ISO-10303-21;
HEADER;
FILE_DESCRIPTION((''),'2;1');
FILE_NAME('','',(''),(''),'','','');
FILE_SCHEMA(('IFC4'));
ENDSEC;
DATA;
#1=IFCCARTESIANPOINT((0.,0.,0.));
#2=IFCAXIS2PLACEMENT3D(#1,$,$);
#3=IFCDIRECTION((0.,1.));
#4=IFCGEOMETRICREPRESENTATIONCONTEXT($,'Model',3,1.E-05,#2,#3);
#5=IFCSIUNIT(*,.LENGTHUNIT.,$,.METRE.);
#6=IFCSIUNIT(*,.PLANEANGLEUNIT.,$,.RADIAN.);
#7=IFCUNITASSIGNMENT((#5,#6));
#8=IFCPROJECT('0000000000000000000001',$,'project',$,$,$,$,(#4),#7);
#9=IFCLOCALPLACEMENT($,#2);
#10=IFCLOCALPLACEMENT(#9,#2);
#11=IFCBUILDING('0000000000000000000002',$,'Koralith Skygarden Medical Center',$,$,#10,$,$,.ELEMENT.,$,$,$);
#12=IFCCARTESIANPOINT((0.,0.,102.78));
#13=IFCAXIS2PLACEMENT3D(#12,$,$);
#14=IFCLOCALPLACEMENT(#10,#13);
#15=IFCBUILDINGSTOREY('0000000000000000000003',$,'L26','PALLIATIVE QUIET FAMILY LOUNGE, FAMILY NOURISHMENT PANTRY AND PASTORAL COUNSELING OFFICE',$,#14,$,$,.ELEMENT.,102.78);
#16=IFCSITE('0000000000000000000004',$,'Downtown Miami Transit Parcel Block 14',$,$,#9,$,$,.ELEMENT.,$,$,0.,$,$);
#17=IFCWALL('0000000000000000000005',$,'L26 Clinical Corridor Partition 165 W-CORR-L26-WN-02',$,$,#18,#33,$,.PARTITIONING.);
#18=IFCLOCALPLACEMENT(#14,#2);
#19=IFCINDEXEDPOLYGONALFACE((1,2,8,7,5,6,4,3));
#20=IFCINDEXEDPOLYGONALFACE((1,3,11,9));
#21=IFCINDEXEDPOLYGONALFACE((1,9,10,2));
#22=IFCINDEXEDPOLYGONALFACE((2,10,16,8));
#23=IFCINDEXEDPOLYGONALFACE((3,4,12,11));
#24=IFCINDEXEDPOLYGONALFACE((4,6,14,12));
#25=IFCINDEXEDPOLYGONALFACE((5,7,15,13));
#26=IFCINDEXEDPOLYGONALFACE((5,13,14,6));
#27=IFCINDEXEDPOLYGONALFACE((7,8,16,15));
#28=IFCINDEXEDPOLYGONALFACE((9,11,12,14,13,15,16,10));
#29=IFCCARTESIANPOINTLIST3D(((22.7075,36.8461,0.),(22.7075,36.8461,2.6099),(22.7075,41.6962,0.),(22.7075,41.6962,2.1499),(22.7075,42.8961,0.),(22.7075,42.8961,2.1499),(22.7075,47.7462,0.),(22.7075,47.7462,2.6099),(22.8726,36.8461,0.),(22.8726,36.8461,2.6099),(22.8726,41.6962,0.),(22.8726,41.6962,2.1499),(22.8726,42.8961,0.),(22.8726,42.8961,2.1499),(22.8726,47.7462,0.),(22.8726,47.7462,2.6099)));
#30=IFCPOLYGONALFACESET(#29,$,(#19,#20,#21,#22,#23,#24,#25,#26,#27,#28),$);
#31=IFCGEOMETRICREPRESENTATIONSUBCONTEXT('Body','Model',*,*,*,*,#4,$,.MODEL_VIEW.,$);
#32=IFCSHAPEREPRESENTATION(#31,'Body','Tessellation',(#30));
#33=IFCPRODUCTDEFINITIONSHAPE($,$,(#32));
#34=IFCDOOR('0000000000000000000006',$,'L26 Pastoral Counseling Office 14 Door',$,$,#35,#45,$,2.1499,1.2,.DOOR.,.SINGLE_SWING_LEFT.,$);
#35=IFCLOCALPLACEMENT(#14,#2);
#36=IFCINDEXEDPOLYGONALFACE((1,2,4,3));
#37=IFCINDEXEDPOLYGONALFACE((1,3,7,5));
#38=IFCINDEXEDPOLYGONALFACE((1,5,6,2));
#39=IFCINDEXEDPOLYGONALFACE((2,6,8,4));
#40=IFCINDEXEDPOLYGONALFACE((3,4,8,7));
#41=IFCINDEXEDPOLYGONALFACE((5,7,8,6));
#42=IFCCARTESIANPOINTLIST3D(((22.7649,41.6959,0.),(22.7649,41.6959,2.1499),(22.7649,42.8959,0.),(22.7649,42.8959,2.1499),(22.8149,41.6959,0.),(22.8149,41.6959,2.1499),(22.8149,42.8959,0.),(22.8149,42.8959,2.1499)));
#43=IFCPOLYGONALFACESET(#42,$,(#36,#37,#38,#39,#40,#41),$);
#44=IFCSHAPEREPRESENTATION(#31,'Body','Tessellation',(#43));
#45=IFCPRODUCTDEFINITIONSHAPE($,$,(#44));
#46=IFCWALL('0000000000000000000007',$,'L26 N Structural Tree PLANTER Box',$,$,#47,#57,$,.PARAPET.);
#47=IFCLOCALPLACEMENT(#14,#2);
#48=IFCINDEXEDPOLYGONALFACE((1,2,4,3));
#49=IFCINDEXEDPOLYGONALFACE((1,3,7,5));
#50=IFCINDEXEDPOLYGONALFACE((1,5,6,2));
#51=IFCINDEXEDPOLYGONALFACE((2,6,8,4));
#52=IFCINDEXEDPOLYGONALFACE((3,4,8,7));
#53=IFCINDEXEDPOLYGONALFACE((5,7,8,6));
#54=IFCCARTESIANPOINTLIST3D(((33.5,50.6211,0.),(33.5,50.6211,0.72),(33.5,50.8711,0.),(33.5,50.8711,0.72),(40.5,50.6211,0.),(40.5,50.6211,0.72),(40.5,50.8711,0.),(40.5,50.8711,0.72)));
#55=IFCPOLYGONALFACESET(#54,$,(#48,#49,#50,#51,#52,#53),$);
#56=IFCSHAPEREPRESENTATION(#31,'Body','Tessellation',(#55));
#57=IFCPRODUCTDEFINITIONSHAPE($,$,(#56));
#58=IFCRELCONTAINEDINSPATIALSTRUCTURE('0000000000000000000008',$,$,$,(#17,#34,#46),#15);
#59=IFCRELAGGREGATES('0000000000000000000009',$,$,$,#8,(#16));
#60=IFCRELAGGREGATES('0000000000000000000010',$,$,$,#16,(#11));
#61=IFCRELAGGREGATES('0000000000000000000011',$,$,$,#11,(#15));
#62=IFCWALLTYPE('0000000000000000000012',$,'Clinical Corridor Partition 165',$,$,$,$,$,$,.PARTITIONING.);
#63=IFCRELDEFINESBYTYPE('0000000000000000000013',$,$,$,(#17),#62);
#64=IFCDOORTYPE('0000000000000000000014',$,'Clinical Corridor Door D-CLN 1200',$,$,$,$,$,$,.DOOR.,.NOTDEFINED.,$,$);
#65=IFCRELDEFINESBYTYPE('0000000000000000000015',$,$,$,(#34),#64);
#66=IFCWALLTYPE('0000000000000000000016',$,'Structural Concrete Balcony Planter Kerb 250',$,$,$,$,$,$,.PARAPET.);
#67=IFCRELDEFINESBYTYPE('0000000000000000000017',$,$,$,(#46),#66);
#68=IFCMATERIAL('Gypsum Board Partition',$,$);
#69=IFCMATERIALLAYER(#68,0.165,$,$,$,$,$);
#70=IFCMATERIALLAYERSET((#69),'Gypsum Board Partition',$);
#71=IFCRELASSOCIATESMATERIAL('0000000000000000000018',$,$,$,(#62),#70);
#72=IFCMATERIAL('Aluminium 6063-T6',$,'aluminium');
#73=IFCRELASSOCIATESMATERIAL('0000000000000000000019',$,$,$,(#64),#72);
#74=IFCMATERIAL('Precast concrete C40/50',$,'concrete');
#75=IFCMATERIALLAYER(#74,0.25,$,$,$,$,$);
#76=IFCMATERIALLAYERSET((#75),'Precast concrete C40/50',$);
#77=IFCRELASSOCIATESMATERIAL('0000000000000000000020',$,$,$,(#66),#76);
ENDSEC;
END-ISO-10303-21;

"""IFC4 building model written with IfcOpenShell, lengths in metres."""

from ifc_helpers import new_model, si_unit, direction, frame, frame_2d, origin, place, context, subcontext, project, spatial, rectangle, extrude, material, layer, layer_set, type_object, element, fill, save


model = new_model("IFC4")

# Units and contexts
model_context = context("Model", 3, precision=1e-05, world=origin(), true_north=direction((0.0, 1.0)))
body_context = subcontext(model_context, "Body", "Model", "MODEL_VIEW")
ifc_project = project(units=[si_unit("LENGTHUNIT", "METRE"), si_unit("PLANEANGLEUNIT", "RADIAN")], contexts=[model_context])

# Site, building, storey
site_placement = place(None, origin())
site = spatial("IfcSite", under=ifc_project, at=site_placement, Name="Downtown Miami Transit Parcel Block 14", CompositionType="ELEMENT", RefElevation=0.0)
building_placement = place(site_placement, origin())
building = spatial("IfcBuilding", under=site, at=building_placement, Name="Koralith Skygarden Medical Center", CompositionType="ELEMENT")
storey_placement = place(building_placement, frame((0.0, 0.0, 102.78)))
storey = spatial("IfcBuildingStorey", under=building, at=storey_placement, Name="L26", Description="PALLIATIVE QUIET FAMILY LOUNGE, FAMILY NOURISHMENT PANTRY AND PASTORAL COUNSELING OFFICE", CompositionType="ELEMENT", Elevation=102.78)

# Shared definitions
ifc_material_1 = material(Name="Aluminium 6063-T6", Category="aluminium")

# Shared definitions
ifc_material_2 = material(Name="Gypsum Board Partition")
ifc_layer_1 = layer(ifc_material_2, 0.165)
ifc_layer_set_1 = layer_set([ifc_layer_1], Name="Gypsum Board Partition")
wall_type_1 = type_object("IfcWallType", Name="Clinical Corridor Partition 165", PredefinedType="PARTITIONING", material=ifc_layer_set_1)

# Wall, opening, door
door_type = type_object("IfcDoorType", Name="Clinical Corridor Door D-CLN 1200", OperationType="NOTDEFINED", PredefinedType="DOOR", material=ifc_material_1)
wall_1_placement = place(storey_placement, frame((22.79, 36.8459, 0.0), z_axis=(0.0, 0.0, 1.0), x_axis=(0.0, 1.0, 0.0)))
wall_1 = element("IfcWall", 1, at=wall_1_placement, inside=storey, type_object=wall_type_1, Name="L26 Clinical Corridor Partition 165 W-CORR-L26-WN-02", PredefinedType="PARTITIONING", context=body_context, shape_type="SweptSolid", body=[
    extrude(rectangle(XDim=10.9001, YDim=0.165, at=frame_2d((5.4502, 0.0))), origin(), (0.0, 0.0, 1.0), 2.6099),
])
opening_1_placement = place(wall_1_placement, frame((4.8501, 0.0, 0.0)))
opening_1 = element("IfcOpeningElement", 2, at=opening_1_placement, cuts=wall_1, PredefinedType="OPENING", context=body_context, shape_type="SweptSolid", body=[
    extrude(rectangle(XDim=1.2, YDim=2.1499, at=frame_2d((0.6001, 1.075))), frame((0.0, 0.0925, 0.0), z_axis=(0.0, -1.0, 0.0), x_axis=(1.0, 0.0, 0.0)), (0.0, 0.0, 1.0), 0.1851),
])
door_1_placement = place(opening_1_placement, frame((1.2, 0.0, 0.0), z_axis=(0.0, 0.0, 1.0), x_axis=(-1.0, 0.0, 0.0)))
door_1 = element("IfcDoor", 3, at=door_1_placement, inside=storey, type_object=door_type, Name="L26 Pastoral Counseling Office 14 Door", OperationType="SINGLE_SWING_LEFT", OverallHeight=2.1499, OverallWidth=1.2, PredefinedType="DOOR", context=body_context, shape_type="SweptSolid", body=[
    extrude(rectangle(XDim=1.2, YDim=2.1499, at=frame_2d((0.6001, 1.075))), frame((0.0, 0.0249, 0.0), z_axis=(0.0, -1.0, 0.0), x_axis=(1.0, 0.0, 0.0)), (0.0, 0.0, 1.0), 0.05),
])
fill(opening_1, door_1)

# Wall
ifc_material_3 = material(Name="Precast concrete C40/50", Category="concrete")
ifc_layer_2 = layer(ifc_material_3, 0.25)
ifc_layer_set_2 = layer_set([ifc_layer_2], Name="Precast concrete C40/50")
wall_type_2 = type_object("IfcWallType", Name="Structural Concrete Balcony Planter Kerb 250", PredefinedType="PARAPET", material=ifc_layer_set_2)
wall_2_placement = place(storey_placement, frame((33.5, 50.7461, 0.0), z_axis=(0.0, 0.0, 1.0), x_axis=(1.0, 0.0, 0.0)))
element("IfcWall", 4, at=wall_2_placement, inside=storey, type_object=wall_type_2, Name="L26 N Structural Tree PLANTER Box", PredefinedType="PARAPET", context=body_context, shape_type="SweptSolid", body=[
    extrude(rectangle(XDim=7.0, YDim=0.25, at=frame_2d((3.5, 0.0))), origin(), (0.0, 0.0, 1.0), 0.72),
])

save(model, "model.ifc")
